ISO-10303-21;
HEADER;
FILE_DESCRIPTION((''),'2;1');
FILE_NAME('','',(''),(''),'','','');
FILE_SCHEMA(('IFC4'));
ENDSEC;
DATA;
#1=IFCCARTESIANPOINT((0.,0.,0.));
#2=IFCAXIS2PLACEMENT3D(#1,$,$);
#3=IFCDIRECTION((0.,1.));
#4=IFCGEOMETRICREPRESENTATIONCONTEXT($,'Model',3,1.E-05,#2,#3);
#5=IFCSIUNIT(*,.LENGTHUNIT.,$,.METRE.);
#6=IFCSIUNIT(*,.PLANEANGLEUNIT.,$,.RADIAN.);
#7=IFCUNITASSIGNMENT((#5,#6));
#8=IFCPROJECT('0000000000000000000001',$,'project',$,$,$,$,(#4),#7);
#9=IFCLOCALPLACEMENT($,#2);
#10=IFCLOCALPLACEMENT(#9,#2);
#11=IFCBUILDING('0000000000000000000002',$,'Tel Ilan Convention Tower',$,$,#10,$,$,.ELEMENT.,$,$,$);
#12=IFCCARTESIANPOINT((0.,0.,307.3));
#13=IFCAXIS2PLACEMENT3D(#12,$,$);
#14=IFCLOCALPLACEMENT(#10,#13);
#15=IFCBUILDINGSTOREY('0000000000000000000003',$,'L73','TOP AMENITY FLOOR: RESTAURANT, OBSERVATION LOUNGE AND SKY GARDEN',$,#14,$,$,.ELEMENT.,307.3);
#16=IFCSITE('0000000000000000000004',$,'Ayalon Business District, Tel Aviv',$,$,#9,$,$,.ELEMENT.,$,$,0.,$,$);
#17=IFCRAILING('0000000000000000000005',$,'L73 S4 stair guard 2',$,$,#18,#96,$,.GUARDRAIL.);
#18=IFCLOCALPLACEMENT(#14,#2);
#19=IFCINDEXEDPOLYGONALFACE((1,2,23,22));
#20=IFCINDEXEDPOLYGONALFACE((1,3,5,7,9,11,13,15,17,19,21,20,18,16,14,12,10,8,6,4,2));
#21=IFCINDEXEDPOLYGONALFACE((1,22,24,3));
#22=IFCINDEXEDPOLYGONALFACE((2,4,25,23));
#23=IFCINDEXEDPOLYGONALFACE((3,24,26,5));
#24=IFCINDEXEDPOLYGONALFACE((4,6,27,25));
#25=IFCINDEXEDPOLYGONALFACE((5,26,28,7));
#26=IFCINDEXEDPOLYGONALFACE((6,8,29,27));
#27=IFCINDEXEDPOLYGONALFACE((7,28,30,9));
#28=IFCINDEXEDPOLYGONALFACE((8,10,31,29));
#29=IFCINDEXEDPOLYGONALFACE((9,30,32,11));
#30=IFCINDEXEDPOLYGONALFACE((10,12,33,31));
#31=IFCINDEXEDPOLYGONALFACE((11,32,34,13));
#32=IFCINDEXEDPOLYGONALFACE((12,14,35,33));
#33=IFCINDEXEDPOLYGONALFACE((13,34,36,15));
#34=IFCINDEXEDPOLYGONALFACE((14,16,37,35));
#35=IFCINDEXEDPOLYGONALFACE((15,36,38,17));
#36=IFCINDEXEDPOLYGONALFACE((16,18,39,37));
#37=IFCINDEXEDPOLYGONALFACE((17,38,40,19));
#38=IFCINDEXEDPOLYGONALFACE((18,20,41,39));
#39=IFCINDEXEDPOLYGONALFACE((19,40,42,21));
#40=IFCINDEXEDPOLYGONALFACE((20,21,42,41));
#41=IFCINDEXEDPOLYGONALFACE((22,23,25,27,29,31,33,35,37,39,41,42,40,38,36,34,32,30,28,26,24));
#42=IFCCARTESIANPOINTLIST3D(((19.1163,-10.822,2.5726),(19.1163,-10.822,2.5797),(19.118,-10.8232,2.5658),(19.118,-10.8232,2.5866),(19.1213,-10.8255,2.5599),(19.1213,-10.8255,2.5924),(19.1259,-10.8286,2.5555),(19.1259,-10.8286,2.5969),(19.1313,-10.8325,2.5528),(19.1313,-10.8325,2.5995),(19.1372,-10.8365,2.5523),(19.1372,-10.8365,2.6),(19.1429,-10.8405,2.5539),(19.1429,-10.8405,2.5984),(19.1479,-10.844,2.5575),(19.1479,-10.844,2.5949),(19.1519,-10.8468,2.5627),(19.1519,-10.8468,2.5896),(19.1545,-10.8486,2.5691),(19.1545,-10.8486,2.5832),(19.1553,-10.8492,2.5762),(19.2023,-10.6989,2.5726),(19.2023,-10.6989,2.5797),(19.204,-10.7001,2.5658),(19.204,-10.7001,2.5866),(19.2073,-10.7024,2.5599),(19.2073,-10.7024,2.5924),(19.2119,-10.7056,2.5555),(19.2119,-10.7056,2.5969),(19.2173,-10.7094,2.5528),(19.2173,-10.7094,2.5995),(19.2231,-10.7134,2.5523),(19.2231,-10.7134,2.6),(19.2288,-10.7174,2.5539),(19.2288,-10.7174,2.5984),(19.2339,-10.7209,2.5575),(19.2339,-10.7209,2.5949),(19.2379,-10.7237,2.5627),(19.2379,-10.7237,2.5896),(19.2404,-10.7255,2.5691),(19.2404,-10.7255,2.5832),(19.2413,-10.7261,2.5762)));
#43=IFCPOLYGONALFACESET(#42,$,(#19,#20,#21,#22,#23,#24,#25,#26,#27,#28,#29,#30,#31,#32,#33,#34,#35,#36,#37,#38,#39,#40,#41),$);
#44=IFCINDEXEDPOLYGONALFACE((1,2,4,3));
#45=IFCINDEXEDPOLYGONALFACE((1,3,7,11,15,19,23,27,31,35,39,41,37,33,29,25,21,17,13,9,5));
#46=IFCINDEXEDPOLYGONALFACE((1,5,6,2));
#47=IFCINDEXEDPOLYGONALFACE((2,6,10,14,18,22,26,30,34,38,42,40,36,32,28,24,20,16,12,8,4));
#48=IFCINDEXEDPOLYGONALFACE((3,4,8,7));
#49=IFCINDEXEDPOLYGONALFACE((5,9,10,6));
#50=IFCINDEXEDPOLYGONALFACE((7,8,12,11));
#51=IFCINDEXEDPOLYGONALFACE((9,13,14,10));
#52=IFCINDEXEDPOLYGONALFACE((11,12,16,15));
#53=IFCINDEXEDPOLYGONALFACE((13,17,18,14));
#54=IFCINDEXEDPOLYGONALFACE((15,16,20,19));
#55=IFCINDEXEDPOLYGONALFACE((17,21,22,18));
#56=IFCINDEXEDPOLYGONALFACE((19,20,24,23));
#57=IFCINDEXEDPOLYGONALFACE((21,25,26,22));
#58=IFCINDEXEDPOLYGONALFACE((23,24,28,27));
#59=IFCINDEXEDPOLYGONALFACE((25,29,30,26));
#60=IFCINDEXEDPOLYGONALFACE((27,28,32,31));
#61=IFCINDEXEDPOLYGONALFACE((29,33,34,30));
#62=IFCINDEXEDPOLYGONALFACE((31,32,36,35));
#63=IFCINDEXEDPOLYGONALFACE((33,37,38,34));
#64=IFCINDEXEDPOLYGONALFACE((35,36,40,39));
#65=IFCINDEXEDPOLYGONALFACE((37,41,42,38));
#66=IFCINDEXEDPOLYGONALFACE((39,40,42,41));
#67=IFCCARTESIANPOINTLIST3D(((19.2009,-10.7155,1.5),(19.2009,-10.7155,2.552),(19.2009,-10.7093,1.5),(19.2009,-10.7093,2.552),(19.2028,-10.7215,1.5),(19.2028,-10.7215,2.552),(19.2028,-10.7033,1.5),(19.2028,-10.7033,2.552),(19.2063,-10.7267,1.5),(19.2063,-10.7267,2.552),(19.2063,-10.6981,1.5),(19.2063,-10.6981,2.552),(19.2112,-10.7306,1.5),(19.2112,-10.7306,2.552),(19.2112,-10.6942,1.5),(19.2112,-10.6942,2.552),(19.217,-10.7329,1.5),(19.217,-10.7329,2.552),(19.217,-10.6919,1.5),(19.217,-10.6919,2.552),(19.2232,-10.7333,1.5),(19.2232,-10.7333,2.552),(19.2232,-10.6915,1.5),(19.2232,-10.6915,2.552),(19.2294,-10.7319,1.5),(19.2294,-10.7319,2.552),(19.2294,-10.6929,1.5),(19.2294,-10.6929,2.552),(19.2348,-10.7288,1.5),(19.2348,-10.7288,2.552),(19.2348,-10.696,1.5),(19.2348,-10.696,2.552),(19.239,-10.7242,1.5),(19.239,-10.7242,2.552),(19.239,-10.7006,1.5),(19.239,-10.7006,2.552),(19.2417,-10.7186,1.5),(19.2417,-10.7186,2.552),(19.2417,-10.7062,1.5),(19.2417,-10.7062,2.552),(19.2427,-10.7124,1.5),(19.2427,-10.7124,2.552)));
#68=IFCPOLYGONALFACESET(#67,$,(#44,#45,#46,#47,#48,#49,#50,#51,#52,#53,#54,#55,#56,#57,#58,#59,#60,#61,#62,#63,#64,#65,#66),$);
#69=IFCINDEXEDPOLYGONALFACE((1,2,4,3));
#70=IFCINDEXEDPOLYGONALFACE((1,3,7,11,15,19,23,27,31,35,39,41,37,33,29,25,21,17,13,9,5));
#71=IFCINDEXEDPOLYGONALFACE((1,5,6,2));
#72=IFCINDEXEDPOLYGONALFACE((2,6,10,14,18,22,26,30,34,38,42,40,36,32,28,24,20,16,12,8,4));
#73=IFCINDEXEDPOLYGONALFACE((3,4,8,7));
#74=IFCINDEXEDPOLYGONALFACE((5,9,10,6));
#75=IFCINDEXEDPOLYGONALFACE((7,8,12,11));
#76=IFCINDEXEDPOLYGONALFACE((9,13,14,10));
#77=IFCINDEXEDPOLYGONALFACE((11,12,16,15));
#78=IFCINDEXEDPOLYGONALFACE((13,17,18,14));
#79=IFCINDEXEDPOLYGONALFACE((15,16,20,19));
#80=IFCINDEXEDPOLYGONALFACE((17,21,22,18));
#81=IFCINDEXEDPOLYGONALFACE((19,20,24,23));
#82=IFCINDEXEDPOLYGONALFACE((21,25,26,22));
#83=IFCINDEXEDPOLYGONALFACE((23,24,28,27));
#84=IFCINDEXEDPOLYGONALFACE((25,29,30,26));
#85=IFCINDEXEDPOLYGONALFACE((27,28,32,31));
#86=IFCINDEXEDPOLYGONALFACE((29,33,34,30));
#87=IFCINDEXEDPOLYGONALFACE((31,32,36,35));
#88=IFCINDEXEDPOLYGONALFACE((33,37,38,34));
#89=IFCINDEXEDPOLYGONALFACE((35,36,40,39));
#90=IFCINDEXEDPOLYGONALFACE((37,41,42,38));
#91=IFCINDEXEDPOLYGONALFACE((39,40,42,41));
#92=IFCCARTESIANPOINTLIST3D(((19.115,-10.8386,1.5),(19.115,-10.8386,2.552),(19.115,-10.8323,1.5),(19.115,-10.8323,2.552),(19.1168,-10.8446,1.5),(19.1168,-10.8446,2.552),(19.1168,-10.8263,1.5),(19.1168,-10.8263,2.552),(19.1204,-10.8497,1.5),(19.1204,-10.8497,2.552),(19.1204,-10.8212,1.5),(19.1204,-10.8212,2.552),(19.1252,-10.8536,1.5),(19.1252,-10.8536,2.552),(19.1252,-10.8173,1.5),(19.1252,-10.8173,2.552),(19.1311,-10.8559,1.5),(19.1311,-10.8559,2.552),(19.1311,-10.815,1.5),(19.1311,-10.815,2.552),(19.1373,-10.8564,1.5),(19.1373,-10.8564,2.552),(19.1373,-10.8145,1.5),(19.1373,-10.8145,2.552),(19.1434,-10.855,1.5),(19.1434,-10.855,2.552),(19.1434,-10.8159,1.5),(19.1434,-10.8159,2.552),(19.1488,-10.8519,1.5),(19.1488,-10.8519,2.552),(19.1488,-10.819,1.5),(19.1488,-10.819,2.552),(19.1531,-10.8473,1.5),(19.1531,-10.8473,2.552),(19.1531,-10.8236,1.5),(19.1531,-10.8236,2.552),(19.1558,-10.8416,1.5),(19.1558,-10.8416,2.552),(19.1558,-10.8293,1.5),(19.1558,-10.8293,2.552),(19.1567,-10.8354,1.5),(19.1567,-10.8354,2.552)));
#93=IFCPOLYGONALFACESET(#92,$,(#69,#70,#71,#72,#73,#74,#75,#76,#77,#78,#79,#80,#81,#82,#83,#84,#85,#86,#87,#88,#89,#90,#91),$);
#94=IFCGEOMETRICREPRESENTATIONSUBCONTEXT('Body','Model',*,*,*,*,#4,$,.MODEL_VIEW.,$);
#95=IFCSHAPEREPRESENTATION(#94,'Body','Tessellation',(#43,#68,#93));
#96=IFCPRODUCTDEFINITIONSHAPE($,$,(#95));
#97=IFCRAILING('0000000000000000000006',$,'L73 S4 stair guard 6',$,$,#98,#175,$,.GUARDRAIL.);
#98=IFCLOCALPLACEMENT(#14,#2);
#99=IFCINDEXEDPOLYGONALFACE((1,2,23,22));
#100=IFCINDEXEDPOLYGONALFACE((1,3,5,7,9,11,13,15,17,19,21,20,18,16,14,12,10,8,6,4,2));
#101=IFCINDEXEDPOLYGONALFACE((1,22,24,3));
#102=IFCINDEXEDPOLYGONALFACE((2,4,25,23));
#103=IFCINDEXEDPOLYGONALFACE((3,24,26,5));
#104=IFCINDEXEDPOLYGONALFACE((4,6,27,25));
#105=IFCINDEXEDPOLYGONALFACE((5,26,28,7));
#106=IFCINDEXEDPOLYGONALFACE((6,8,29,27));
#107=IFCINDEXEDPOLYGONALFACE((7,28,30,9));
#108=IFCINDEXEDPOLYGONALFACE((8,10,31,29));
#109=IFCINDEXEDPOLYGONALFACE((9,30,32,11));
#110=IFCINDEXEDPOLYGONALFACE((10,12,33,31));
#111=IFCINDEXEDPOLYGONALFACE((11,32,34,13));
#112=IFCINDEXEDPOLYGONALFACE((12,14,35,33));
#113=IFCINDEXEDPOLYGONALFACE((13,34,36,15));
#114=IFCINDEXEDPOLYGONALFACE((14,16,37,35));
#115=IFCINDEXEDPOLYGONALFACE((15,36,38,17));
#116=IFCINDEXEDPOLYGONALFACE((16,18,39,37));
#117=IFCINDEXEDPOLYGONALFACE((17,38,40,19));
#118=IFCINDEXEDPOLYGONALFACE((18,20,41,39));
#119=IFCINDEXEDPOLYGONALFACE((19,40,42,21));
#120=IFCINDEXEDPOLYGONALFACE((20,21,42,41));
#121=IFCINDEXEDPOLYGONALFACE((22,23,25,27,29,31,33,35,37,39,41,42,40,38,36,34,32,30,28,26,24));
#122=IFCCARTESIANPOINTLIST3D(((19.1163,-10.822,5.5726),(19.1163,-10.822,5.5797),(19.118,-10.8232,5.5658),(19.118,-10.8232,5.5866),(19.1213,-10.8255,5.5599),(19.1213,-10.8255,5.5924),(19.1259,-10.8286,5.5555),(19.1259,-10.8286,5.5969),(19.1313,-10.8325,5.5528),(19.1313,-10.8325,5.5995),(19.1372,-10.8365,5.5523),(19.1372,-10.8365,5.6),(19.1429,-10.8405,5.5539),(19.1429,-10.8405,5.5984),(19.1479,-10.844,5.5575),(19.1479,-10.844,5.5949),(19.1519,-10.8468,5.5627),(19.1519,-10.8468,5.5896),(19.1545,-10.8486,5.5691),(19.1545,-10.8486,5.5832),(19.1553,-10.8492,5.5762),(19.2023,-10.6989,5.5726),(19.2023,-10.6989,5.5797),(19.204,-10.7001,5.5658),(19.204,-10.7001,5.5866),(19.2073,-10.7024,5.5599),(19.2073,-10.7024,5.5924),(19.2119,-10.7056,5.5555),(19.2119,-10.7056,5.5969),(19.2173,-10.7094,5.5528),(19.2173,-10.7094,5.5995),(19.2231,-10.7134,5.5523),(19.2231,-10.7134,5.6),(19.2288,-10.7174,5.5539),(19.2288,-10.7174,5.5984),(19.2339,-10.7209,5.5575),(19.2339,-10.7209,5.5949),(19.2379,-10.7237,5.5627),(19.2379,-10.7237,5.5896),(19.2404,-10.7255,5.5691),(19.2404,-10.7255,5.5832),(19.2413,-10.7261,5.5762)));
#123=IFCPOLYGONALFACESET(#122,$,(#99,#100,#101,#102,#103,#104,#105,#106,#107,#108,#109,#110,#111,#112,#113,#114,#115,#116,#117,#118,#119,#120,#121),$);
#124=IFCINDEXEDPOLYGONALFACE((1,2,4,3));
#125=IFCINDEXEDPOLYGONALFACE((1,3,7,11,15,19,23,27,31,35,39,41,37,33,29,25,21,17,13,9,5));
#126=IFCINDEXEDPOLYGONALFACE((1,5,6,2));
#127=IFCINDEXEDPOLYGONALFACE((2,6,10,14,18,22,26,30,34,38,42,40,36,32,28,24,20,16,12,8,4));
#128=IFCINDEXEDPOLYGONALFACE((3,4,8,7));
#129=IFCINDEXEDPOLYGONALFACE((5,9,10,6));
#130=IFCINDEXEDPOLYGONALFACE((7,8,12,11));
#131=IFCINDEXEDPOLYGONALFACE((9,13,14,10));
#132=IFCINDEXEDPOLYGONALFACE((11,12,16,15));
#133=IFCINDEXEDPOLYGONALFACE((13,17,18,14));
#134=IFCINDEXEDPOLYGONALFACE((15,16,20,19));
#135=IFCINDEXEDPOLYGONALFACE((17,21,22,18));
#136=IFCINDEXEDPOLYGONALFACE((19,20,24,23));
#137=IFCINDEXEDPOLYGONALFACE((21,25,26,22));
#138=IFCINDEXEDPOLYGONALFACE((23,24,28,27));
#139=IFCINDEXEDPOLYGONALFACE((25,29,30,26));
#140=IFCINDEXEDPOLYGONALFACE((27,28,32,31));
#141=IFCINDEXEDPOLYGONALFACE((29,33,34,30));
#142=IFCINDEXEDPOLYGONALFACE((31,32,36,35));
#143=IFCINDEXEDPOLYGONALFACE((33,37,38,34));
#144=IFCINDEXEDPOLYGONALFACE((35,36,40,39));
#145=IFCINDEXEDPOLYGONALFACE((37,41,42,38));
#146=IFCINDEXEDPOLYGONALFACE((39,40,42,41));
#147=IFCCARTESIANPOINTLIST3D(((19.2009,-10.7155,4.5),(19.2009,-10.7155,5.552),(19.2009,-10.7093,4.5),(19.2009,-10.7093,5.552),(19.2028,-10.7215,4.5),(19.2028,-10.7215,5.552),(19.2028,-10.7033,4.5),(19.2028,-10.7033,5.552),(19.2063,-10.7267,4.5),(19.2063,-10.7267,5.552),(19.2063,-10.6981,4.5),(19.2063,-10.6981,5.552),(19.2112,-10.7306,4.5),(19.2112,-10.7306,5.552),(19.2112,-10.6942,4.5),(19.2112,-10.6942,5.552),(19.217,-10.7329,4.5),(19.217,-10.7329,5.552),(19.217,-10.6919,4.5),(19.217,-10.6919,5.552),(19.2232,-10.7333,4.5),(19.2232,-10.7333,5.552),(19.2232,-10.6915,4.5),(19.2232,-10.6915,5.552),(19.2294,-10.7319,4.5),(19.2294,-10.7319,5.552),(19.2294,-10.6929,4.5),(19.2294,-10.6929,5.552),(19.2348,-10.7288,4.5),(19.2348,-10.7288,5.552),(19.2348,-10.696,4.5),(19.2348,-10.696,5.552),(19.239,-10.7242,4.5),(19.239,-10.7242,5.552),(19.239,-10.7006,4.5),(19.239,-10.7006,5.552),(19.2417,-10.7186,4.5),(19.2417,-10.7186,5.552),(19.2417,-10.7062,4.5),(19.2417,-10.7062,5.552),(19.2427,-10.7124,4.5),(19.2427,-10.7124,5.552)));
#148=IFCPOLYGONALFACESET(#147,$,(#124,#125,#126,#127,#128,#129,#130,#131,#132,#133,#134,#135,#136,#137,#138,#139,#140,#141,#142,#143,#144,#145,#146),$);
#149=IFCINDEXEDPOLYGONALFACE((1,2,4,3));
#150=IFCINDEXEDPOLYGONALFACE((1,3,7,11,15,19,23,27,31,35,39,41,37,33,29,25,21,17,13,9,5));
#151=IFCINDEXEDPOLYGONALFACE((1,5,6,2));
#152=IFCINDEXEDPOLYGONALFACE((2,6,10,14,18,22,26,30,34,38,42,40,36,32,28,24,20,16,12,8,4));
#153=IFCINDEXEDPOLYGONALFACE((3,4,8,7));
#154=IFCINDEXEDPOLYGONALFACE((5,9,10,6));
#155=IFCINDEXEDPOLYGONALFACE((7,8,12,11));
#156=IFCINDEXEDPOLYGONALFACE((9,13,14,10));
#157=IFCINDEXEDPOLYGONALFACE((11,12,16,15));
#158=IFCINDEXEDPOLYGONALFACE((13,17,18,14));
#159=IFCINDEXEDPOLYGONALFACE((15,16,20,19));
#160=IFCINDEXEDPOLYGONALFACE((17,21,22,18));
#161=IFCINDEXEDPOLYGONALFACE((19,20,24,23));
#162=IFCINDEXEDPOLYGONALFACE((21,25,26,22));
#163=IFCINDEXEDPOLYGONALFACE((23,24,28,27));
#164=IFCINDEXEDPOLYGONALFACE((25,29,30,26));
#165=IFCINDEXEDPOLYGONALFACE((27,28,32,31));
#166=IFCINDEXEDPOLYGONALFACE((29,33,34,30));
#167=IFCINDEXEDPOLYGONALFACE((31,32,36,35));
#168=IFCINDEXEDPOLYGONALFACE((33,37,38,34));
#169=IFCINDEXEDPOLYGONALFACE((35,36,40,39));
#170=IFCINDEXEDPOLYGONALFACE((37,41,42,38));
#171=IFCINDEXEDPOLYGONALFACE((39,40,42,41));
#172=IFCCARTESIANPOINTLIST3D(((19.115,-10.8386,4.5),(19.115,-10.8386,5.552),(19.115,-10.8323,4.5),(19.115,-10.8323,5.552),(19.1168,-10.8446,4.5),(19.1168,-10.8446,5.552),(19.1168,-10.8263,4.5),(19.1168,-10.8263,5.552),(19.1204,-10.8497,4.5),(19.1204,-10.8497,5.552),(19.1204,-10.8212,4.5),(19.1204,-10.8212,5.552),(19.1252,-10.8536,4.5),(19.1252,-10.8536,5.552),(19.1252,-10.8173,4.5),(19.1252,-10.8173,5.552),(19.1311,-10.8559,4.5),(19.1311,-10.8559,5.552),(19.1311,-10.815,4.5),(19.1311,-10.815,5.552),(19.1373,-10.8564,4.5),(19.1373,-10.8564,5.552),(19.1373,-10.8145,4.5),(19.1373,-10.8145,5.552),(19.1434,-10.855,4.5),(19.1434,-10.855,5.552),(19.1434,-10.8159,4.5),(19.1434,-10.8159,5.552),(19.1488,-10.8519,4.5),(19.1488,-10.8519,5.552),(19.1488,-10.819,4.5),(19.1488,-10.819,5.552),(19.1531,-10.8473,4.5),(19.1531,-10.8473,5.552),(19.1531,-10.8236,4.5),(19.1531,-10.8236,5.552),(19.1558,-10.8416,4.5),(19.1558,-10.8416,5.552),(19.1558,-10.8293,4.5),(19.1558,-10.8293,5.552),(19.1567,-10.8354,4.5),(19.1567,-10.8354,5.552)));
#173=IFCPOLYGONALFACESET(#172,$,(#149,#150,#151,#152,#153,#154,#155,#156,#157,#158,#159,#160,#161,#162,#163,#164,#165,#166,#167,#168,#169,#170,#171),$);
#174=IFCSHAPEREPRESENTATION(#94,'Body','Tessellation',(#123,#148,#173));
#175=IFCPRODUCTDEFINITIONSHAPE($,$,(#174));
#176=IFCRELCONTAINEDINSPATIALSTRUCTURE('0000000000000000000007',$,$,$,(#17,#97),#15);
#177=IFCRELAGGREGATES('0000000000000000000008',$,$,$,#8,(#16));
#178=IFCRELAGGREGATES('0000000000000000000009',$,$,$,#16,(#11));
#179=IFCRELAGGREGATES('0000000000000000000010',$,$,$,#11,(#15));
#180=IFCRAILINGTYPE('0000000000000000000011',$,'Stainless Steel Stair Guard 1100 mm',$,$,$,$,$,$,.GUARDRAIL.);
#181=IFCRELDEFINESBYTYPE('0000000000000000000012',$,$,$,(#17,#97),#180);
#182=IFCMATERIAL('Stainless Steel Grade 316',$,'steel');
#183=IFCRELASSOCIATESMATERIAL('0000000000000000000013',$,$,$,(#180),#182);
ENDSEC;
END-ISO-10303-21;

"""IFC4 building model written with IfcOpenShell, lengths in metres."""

from ifc_helpers import new_model, si_unit, direction, frame, origin, origin_2d, place, context, subcontext, project, spatial, circle, extrude, material, type_object, element, save


model = new_model("IFC4")

# Units and contexts
model_context = context("Model", 3, precision=1e-05, world=origin(), true_north=direction((0.0, 1.0)))
body_context = subcontext(model_context, "Body", "Model", "MODEL_VIEW")
ifc_project = project(units=[si_unit("LENGTHUNIT", "METRE"), si_unit("PLANEANGLEUNIT", "RADIAN")], contexts=[model_context])

# Site, building, storey
site_placement = place(None, origin())
site = spatial("IfcSite", under=ifc_project, at=site_placement, Name="Ayalon Business District, Tel Aviv", CompositionType="ELEMENT", RefElevation=0.0)
building_placement = place(site_placement, origin())
building = spatial("IfcBuilding", under=site, at=building_placement, Name="Tel Ilan Convention Tower", CompositionType="ELEMENT")
storey_placement = place(building_placement, frame((0.0, 0.0, 307.3)))
storey = spatial("IfcBuildingStorey", under=building, at=storey_placement, Name="L73", Description="TOP AMENITY FLOOR: RESTAURANT, OBSERVATION LOUNGE AND SKY GARDEN", CompositionType="ELEMENT", Elevation=307.3)

# Railings
ifc_material_1 = material(Name="Stainless Steel Grade 316", Category="steel")
railing_type_1 = type_object("IfcRailingType", Name="Stainless Steel Stair Guard 1100 mm", PredefinedType="GUARDRAIL", material=ifc_material_1)
for number, where, name in (
    (1, (19.2217, -10.7124, 1.5), "L73 S4 stair guard 2"),
    (2, (19.2217, -10.7124, 4.5), "L73 S4 stair guard 6"),
):
    element("IfcRailing", number, at=place(storey_placement, frame(where)), inside=storey, type_object=railing_type_1, Name=name, PredefinedType="GUARDRAIL", context=body_context, shape_type="SweptSolid", body=[
        extrude(circle(Radius=0.0239, at=origin_2d()), frame((0.0, 0.0, 1.0762), z_axis=(-0.572589, -0.819843, 0.0), x_axis=(0.819843, -0.572589, 0.0)), (0.0, 0.0, 1.0), 0.1501),
        extrude(circle(Radius=0.021, at=origin_2d()), origin(), (0.0, 0.0, 1.0), 1.052),
        extrude(circle(Radius=0.021, at=origin_2d()), frame((-0.0859, -0.123, 0.0)), (0.0, 0.0, 1.0), 1.052),
    ])

save(model, "model.ifc")
